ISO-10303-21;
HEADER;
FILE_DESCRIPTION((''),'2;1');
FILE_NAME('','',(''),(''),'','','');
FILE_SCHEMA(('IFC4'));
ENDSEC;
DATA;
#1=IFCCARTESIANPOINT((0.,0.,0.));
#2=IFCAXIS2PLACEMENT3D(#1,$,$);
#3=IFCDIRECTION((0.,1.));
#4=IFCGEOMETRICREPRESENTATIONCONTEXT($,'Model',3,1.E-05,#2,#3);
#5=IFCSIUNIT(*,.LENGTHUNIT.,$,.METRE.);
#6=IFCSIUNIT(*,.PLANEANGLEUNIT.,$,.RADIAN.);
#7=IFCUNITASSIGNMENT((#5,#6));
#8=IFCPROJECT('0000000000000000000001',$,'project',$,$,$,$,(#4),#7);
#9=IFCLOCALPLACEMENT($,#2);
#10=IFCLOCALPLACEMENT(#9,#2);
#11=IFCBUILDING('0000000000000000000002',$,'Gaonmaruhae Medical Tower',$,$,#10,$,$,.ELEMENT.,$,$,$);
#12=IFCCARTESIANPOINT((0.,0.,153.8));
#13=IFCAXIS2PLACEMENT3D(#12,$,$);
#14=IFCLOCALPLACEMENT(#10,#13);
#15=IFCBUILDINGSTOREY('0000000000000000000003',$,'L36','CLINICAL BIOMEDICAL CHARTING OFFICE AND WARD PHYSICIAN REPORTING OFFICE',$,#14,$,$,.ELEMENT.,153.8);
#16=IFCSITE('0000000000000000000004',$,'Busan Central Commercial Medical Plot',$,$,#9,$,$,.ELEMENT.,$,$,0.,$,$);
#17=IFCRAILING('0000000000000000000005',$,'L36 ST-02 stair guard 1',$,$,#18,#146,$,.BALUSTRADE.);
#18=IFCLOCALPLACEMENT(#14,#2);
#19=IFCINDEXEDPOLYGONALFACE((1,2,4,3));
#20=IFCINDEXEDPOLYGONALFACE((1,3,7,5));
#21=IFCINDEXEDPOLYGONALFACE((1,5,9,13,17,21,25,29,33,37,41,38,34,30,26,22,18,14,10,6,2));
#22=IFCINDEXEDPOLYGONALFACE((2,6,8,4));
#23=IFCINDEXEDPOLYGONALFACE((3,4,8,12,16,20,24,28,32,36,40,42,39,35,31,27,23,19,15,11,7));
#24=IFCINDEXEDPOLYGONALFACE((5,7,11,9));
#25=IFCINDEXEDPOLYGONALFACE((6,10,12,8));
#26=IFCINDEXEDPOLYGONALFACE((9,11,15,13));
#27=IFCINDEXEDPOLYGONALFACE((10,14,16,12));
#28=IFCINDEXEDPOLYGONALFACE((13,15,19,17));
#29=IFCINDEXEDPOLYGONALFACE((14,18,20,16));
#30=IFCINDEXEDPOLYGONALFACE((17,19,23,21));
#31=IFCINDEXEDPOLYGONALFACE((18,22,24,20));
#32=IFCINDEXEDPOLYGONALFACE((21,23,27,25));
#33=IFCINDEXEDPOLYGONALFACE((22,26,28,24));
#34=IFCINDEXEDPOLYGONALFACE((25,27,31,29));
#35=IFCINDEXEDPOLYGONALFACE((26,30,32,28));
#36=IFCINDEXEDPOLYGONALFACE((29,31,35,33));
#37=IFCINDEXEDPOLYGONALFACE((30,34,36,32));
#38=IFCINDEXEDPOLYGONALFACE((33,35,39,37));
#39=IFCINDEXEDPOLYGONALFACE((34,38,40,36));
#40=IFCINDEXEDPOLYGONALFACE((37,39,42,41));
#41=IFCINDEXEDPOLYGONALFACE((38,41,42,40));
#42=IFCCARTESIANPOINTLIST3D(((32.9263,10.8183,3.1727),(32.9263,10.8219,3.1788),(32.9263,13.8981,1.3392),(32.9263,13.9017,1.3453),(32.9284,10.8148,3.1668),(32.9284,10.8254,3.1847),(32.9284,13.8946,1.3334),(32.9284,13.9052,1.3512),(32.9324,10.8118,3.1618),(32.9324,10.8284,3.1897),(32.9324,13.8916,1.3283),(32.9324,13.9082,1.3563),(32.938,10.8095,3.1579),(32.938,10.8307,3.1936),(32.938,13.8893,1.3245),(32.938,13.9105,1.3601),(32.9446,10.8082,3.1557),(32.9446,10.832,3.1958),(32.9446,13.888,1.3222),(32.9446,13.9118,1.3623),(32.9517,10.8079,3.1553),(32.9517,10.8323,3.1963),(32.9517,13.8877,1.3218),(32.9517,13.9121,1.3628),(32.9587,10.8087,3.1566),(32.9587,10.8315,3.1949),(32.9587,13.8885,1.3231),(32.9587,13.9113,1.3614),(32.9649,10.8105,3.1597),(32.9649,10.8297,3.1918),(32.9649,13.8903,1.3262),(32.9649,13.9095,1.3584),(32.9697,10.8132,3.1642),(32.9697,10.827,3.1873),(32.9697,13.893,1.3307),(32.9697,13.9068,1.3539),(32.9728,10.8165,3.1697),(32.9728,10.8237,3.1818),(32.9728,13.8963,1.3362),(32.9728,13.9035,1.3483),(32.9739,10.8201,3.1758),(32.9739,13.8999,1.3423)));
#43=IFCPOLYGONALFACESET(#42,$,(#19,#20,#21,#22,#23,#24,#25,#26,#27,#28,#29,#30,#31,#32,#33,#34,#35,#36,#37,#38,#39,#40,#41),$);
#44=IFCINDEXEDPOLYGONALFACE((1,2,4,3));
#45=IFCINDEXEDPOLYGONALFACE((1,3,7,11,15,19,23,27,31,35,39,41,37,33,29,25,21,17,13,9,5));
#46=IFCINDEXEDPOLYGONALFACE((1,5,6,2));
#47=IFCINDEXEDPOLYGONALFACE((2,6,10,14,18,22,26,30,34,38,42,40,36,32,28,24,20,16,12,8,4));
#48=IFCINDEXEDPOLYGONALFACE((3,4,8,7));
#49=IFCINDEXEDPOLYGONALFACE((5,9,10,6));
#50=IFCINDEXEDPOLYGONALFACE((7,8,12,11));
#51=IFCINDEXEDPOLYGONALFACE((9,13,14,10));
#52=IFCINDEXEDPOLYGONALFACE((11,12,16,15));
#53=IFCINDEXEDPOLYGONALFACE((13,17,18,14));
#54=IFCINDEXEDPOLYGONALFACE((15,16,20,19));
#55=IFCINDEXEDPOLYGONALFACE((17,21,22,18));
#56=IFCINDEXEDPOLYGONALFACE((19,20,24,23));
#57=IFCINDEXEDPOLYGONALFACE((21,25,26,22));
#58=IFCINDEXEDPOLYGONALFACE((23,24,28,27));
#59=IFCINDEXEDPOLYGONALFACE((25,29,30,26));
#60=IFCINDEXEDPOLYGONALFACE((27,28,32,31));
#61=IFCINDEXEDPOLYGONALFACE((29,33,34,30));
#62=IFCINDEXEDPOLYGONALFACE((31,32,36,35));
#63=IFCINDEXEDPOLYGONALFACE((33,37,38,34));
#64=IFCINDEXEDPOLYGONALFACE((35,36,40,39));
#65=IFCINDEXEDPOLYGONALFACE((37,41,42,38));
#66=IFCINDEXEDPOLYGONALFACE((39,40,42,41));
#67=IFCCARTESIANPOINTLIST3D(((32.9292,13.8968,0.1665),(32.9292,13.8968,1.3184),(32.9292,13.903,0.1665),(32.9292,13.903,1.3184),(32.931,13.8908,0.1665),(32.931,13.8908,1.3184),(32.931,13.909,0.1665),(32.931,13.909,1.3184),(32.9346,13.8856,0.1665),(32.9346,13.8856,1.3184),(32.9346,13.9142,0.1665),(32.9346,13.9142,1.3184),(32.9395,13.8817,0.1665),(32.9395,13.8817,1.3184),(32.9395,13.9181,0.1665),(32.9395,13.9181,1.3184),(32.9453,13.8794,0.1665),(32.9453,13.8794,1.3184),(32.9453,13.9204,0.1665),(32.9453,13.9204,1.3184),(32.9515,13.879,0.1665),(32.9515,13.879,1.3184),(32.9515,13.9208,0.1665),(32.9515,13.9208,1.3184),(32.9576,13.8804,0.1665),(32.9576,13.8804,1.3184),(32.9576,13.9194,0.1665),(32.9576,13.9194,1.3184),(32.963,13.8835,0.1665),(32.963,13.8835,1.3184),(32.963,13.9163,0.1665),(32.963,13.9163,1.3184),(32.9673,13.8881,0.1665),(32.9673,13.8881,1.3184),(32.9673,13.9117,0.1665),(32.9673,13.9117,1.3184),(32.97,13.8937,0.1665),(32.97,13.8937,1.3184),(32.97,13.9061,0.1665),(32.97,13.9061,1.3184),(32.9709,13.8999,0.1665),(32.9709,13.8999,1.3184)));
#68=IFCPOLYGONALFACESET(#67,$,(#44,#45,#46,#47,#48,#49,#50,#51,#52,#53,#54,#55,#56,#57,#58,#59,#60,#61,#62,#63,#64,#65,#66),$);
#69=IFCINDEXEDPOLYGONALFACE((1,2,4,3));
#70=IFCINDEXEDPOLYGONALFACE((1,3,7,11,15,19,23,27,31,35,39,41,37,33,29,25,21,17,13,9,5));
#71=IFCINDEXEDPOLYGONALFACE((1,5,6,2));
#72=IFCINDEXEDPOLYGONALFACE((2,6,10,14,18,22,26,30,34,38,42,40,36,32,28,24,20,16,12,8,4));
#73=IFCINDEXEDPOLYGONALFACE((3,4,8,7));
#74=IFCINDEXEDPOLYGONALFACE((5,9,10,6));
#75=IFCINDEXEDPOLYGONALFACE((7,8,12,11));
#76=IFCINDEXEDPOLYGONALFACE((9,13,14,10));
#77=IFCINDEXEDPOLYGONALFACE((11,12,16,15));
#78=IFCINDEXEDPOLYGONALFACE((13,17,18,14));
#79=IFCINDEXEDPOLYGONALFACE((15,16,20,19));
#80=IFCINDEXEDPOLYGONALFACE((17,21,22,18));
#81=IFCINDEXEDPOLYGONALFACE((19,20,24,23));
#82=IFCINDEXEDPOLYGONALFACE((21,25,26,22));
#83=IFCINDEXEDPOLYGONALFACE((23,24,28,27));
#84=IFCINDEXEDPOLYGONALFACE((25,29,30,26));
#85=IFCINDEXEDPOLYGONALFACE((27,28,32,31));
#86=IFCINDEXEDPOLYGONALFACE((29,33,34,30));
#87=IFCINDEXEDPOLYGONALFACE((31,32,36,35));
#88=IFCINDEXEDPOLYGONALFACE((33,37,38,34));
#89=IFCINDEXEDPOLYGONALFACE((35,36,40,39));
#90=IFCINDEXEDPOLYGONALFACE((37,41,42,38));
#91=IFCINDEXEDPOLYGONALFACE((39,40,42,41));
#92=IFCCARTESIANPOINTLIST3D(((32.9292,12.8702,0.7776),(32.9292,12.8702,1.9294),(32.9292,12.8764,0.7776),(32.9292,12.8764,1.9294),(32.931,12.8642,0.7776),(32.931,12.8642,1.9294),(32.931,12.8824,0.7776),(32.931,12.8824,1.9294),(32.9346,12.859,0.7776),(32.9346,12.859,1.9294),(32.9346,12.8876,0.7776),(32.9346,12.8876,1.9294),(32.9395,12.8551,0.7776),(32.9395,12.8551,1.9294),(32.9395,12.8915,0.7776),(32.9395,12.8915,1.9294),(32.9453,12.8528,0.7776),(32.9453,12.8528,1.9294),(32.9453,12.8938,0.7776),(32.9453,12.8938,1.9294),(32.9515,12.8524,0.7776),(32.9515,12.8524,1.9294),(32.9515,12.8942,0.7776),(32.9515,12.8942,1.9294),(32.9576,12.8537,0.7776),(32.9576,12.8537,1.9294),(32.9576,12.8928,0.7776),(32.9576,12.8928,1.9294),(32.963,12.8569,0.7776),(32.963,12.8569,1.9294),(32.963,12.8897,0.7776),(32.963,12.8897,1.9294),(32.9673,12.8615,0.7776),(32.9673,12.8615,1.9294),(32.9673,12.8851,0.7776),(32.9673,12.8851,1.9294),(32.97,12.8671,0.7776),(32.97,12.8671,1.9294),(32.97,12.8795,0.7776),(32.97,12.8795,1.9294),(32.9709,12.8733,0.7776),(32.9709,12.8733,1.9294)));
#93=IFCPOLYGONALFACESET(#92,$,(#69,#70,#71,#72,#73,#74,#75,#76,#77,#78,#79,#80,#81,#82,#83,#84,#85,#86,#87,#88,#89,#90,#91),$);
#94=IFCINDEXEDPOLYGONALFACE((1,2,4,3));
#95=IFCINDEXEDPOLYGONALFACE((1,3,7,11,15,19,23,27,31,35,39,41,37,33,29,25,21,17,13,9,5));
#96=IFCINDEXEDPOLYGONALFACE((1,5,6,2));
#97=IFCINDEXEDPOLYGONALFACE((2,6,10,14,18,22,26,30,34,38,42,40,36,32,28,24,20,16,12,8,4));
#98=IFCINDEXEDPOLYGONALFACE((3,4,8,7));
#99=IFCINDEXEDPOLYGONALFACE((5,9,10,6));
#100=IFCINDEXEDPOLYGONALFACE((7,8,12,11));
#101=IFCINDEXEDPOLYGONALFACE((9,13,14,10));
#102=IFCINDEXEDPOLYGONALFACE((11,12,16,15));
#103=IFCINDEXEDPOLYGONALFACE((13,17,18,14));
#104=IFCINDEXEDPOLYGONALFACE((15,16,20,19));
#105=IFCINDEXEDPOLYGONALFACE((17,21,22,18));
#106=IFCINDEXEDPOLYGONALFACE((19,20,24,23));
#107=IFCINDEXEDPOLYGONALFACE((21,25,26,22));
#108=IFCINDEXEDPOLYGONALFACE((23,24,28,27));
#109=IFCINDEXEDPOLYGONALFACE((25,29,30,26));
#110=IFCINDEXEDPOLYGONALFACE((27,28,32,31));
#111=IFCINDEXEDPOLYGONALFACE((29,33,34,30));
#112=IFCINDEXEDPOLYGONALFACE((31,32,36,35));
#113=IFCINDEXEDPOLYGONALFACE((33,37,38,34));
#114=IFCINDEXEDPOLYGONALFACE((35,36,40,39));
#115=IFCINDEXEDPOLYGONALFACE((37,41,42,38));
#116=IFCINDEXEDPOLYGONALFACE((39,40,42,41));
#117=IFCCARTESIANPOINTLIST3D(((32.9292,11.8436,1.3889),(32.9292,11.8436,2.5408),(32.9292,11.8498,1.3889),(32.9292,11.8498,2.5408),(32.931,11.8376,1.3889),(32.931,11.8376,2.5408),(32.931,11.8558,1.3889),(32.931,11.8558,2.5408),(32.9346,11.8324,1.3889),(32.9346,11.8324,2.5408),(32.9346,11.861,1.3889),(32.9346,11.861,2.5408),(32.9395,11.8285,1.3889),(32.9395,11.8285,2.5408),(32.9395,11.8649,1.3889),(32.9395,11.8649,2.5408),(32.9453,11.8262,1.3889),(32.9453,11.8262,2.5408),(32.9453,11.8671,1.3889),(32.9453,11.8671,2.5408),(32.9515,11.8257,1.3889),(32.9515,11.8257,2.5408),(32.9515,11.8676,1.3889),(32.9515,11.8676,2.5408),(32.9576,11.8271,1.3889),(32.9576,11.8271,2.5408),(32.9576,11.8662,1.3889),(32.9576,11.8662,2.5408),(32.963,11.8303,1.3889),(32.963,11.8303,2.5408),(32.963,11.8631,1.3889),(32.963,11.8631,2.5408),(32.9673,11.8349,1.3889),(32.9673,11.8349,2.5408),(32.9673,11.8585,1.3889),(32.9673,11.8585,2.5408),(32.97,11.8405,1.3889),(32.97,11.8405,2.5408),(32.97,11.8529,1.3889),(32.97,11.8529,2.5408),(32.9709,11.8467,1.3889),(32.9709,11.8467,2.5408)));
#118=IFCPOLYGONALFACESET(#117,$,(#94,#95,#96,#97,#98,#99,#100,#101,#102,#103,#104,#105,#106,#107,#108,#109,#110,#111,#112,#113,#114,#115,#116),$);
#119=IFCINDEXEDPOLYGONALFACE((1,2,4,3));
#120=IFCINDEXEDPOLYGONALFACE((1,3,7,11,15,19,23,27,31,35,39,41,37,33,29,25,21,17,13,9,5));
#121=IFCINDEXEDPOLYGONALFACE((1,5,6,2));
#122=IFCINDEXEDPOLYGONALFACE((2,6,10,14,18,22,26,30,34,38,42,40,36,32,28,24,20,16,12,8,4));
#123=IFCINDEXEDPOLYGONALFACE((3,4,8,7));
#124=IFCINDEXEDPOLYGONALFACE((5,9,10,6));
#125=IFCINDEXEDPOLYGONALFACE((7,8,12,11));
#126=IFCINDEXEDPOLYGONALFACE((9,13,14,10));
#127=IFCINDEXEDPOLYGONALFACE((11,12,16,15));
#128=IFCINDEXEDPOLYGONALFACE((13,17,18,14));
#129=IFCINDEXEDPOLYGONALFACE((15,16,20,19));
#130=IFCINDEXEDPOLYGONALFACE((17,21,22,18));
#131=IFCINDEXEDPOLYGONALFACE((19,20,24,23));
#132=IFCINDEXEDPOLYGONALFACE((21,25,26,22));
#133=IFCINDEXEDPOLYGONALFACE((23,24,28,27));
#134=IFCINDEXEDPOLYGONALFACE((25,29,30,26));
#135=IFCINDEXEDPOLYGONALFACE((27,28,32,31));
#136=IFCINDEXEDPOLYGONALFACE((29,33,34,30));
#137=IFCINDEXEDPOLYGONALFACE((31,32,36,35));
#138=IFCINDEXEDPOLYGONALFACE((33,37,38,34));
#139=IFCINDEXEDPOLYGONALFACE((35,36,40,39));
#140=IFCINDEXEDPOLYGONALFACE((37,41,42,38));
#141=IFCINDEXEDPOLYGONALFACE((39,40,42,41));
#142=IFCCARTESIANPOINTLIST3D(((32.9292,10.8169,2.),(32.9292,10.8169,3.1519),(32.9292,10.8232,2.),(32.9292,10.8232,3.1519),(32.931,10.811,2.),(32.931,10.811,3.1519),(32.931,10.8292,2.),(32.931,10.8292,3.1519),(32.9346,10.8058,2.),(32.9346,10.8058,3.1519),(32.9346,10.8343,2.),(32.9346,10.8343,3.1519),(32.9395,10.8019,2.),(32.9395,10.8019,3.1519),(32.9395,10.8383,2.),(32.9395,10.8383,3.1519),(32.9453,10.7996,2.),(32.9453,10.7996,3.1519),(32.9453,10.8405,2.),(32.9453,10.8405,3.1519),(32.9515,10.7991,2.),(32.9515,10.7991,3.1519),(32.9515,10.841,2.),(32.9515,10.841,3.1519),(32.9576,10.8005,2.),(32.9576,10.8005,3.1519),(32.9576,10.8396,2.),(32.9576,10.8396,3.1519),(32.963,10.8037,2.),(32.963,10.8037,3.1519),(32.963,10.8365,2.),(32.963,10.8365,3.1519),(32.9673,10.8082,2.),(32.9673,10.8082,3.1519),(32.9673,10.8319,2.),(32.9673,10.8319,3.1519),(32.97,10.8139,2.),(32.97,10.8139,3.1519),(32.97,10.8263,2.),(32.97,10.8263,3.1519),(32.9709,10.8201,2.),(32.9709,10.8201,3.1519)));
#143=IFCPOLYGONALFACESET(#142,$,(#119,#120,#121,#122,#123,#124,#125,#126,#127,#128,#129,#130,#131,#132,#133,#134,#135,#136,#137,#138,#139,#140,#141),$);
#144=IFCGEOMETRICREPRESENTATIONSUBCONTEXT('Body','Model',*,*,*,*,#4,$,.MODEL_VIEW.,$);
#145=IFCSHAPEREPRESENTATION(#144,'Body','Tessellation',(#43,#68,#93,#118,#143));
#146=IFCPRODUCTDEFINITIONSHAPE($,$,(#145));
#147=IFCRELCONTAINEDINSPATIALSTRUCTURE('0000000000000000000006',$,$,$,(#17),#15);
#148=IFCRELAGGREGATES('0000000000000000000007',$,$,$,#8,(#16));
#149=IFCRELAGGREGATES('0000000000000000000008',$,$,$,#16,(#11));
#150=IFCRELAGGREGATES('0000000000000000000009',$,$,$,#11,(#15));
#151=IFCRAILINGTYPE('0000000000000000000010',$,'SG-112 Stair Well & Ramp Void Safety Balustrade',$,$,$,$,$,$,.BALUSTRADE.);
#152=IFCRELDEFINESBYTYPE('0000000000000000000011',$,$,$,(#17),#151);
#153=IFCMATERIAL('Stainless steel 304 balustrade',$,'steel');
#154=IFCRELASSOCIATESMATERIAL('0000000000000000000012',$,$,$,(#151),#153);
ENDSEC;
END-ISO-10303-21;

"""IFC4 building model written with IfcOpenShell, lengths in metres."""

from ifc_helpers import new_model, si_unit, direction, frame, origin, origin_2d, place, context, subcontext, project, spatial, circle, extrude, material, type_object, element, save


model = new_model("IFC4")

# Units and contexts
model_context = context("Model", 3, precision=1e-05, world=origin(), true_north=direction((0.0, 1.0)))
body_context = subcontext(model_context, "Body", "Model", "MODEL_VIEW")
ifc_project = project(units=[si_unit("LENGTHUNIT", "METRE"), si_unit("PLANEANGLEUNIT", "RADIAN")], contexts=[model_context])

# Site, building, storey
site_placement = place(None, origin())
site = spatial("IfcSite", under=ifc_project, at=site_placement, Name="Busan Central Commercial Medical Plot", CompositionType="ELEMENT", RefElevation=0.0)
building_placement = place(site_placement, origin())
building = spatial("IfcBuilding", under=site, at=building_placement, Name="Gaonmaruhae Medical Tower", CompositionType="ELEMENT")
storey_placement = place(building_placement, frame((0.0, 0.0, 153.8)))
storey = spatial("IfcBuildingStorey", under=building, at=storey_placement, Name="L36", Description="CLINICAL BIOMEDICAL CHARTING OFFICE AND WARD PHYSICIAN REPORTING OFFICE", CompositionType="ELEMENT", Elevation=153.8)

# Railing
ifc_material_1 = material(Name="Stainless steel 304 balustrade", Category="steel")
railing_type_1 = type_object("IfcRailingType", Name="SG-112 Stair Well & Ramp Void Safety Balustrade", PredefinedType="BALUSTRADE", material=ifc_material_1)
railing_1_placement = place(storey_placement, frame((32.95, 13.8999, 0.1665)))
element("IfcRailing", 1, at=railing_1_placement, inside=storey, type_object=railing_type_1, Name="L36 ST-02 stair guard 1", PredefinedType="BALUSTRADE", context=body_context, shape_type="SweptSolid", body=[
    extrude(circle(Radius=0.0239, at=origin_2d()), frame((0.0, 0.0, 1.1758), z_axis=(0.0, -0.859261, 0.511538), x_axis=(1.0, 0.0, 0.0)), (0.0, 0.0, 1.0), 3.5842),
    extrude(circle(Radius=0.021, at=origin_2d()), origin(), (0.0, 0.0, 1.0), 1.1519),
    extrude(circle(Radius=0.021, at=origin_2d()), frame((0.0, -1.0266, 0.6111)), (0.0, 0.0, 1.0), 1.1519),
    extrude(circle(Radius=0.021, at=origin_2d()), frame((0.0, -2.0532, 1.2224)), (0.0, 0.0, 1.0), 1.1519),
    extrude(circle(Radius=0.021, at=origin_2d()), frame((0.0, -3.0798, 1.8335)), (0.0, 0.0, 1.0), 1.1519),
])

save(model, "model.ifc")
